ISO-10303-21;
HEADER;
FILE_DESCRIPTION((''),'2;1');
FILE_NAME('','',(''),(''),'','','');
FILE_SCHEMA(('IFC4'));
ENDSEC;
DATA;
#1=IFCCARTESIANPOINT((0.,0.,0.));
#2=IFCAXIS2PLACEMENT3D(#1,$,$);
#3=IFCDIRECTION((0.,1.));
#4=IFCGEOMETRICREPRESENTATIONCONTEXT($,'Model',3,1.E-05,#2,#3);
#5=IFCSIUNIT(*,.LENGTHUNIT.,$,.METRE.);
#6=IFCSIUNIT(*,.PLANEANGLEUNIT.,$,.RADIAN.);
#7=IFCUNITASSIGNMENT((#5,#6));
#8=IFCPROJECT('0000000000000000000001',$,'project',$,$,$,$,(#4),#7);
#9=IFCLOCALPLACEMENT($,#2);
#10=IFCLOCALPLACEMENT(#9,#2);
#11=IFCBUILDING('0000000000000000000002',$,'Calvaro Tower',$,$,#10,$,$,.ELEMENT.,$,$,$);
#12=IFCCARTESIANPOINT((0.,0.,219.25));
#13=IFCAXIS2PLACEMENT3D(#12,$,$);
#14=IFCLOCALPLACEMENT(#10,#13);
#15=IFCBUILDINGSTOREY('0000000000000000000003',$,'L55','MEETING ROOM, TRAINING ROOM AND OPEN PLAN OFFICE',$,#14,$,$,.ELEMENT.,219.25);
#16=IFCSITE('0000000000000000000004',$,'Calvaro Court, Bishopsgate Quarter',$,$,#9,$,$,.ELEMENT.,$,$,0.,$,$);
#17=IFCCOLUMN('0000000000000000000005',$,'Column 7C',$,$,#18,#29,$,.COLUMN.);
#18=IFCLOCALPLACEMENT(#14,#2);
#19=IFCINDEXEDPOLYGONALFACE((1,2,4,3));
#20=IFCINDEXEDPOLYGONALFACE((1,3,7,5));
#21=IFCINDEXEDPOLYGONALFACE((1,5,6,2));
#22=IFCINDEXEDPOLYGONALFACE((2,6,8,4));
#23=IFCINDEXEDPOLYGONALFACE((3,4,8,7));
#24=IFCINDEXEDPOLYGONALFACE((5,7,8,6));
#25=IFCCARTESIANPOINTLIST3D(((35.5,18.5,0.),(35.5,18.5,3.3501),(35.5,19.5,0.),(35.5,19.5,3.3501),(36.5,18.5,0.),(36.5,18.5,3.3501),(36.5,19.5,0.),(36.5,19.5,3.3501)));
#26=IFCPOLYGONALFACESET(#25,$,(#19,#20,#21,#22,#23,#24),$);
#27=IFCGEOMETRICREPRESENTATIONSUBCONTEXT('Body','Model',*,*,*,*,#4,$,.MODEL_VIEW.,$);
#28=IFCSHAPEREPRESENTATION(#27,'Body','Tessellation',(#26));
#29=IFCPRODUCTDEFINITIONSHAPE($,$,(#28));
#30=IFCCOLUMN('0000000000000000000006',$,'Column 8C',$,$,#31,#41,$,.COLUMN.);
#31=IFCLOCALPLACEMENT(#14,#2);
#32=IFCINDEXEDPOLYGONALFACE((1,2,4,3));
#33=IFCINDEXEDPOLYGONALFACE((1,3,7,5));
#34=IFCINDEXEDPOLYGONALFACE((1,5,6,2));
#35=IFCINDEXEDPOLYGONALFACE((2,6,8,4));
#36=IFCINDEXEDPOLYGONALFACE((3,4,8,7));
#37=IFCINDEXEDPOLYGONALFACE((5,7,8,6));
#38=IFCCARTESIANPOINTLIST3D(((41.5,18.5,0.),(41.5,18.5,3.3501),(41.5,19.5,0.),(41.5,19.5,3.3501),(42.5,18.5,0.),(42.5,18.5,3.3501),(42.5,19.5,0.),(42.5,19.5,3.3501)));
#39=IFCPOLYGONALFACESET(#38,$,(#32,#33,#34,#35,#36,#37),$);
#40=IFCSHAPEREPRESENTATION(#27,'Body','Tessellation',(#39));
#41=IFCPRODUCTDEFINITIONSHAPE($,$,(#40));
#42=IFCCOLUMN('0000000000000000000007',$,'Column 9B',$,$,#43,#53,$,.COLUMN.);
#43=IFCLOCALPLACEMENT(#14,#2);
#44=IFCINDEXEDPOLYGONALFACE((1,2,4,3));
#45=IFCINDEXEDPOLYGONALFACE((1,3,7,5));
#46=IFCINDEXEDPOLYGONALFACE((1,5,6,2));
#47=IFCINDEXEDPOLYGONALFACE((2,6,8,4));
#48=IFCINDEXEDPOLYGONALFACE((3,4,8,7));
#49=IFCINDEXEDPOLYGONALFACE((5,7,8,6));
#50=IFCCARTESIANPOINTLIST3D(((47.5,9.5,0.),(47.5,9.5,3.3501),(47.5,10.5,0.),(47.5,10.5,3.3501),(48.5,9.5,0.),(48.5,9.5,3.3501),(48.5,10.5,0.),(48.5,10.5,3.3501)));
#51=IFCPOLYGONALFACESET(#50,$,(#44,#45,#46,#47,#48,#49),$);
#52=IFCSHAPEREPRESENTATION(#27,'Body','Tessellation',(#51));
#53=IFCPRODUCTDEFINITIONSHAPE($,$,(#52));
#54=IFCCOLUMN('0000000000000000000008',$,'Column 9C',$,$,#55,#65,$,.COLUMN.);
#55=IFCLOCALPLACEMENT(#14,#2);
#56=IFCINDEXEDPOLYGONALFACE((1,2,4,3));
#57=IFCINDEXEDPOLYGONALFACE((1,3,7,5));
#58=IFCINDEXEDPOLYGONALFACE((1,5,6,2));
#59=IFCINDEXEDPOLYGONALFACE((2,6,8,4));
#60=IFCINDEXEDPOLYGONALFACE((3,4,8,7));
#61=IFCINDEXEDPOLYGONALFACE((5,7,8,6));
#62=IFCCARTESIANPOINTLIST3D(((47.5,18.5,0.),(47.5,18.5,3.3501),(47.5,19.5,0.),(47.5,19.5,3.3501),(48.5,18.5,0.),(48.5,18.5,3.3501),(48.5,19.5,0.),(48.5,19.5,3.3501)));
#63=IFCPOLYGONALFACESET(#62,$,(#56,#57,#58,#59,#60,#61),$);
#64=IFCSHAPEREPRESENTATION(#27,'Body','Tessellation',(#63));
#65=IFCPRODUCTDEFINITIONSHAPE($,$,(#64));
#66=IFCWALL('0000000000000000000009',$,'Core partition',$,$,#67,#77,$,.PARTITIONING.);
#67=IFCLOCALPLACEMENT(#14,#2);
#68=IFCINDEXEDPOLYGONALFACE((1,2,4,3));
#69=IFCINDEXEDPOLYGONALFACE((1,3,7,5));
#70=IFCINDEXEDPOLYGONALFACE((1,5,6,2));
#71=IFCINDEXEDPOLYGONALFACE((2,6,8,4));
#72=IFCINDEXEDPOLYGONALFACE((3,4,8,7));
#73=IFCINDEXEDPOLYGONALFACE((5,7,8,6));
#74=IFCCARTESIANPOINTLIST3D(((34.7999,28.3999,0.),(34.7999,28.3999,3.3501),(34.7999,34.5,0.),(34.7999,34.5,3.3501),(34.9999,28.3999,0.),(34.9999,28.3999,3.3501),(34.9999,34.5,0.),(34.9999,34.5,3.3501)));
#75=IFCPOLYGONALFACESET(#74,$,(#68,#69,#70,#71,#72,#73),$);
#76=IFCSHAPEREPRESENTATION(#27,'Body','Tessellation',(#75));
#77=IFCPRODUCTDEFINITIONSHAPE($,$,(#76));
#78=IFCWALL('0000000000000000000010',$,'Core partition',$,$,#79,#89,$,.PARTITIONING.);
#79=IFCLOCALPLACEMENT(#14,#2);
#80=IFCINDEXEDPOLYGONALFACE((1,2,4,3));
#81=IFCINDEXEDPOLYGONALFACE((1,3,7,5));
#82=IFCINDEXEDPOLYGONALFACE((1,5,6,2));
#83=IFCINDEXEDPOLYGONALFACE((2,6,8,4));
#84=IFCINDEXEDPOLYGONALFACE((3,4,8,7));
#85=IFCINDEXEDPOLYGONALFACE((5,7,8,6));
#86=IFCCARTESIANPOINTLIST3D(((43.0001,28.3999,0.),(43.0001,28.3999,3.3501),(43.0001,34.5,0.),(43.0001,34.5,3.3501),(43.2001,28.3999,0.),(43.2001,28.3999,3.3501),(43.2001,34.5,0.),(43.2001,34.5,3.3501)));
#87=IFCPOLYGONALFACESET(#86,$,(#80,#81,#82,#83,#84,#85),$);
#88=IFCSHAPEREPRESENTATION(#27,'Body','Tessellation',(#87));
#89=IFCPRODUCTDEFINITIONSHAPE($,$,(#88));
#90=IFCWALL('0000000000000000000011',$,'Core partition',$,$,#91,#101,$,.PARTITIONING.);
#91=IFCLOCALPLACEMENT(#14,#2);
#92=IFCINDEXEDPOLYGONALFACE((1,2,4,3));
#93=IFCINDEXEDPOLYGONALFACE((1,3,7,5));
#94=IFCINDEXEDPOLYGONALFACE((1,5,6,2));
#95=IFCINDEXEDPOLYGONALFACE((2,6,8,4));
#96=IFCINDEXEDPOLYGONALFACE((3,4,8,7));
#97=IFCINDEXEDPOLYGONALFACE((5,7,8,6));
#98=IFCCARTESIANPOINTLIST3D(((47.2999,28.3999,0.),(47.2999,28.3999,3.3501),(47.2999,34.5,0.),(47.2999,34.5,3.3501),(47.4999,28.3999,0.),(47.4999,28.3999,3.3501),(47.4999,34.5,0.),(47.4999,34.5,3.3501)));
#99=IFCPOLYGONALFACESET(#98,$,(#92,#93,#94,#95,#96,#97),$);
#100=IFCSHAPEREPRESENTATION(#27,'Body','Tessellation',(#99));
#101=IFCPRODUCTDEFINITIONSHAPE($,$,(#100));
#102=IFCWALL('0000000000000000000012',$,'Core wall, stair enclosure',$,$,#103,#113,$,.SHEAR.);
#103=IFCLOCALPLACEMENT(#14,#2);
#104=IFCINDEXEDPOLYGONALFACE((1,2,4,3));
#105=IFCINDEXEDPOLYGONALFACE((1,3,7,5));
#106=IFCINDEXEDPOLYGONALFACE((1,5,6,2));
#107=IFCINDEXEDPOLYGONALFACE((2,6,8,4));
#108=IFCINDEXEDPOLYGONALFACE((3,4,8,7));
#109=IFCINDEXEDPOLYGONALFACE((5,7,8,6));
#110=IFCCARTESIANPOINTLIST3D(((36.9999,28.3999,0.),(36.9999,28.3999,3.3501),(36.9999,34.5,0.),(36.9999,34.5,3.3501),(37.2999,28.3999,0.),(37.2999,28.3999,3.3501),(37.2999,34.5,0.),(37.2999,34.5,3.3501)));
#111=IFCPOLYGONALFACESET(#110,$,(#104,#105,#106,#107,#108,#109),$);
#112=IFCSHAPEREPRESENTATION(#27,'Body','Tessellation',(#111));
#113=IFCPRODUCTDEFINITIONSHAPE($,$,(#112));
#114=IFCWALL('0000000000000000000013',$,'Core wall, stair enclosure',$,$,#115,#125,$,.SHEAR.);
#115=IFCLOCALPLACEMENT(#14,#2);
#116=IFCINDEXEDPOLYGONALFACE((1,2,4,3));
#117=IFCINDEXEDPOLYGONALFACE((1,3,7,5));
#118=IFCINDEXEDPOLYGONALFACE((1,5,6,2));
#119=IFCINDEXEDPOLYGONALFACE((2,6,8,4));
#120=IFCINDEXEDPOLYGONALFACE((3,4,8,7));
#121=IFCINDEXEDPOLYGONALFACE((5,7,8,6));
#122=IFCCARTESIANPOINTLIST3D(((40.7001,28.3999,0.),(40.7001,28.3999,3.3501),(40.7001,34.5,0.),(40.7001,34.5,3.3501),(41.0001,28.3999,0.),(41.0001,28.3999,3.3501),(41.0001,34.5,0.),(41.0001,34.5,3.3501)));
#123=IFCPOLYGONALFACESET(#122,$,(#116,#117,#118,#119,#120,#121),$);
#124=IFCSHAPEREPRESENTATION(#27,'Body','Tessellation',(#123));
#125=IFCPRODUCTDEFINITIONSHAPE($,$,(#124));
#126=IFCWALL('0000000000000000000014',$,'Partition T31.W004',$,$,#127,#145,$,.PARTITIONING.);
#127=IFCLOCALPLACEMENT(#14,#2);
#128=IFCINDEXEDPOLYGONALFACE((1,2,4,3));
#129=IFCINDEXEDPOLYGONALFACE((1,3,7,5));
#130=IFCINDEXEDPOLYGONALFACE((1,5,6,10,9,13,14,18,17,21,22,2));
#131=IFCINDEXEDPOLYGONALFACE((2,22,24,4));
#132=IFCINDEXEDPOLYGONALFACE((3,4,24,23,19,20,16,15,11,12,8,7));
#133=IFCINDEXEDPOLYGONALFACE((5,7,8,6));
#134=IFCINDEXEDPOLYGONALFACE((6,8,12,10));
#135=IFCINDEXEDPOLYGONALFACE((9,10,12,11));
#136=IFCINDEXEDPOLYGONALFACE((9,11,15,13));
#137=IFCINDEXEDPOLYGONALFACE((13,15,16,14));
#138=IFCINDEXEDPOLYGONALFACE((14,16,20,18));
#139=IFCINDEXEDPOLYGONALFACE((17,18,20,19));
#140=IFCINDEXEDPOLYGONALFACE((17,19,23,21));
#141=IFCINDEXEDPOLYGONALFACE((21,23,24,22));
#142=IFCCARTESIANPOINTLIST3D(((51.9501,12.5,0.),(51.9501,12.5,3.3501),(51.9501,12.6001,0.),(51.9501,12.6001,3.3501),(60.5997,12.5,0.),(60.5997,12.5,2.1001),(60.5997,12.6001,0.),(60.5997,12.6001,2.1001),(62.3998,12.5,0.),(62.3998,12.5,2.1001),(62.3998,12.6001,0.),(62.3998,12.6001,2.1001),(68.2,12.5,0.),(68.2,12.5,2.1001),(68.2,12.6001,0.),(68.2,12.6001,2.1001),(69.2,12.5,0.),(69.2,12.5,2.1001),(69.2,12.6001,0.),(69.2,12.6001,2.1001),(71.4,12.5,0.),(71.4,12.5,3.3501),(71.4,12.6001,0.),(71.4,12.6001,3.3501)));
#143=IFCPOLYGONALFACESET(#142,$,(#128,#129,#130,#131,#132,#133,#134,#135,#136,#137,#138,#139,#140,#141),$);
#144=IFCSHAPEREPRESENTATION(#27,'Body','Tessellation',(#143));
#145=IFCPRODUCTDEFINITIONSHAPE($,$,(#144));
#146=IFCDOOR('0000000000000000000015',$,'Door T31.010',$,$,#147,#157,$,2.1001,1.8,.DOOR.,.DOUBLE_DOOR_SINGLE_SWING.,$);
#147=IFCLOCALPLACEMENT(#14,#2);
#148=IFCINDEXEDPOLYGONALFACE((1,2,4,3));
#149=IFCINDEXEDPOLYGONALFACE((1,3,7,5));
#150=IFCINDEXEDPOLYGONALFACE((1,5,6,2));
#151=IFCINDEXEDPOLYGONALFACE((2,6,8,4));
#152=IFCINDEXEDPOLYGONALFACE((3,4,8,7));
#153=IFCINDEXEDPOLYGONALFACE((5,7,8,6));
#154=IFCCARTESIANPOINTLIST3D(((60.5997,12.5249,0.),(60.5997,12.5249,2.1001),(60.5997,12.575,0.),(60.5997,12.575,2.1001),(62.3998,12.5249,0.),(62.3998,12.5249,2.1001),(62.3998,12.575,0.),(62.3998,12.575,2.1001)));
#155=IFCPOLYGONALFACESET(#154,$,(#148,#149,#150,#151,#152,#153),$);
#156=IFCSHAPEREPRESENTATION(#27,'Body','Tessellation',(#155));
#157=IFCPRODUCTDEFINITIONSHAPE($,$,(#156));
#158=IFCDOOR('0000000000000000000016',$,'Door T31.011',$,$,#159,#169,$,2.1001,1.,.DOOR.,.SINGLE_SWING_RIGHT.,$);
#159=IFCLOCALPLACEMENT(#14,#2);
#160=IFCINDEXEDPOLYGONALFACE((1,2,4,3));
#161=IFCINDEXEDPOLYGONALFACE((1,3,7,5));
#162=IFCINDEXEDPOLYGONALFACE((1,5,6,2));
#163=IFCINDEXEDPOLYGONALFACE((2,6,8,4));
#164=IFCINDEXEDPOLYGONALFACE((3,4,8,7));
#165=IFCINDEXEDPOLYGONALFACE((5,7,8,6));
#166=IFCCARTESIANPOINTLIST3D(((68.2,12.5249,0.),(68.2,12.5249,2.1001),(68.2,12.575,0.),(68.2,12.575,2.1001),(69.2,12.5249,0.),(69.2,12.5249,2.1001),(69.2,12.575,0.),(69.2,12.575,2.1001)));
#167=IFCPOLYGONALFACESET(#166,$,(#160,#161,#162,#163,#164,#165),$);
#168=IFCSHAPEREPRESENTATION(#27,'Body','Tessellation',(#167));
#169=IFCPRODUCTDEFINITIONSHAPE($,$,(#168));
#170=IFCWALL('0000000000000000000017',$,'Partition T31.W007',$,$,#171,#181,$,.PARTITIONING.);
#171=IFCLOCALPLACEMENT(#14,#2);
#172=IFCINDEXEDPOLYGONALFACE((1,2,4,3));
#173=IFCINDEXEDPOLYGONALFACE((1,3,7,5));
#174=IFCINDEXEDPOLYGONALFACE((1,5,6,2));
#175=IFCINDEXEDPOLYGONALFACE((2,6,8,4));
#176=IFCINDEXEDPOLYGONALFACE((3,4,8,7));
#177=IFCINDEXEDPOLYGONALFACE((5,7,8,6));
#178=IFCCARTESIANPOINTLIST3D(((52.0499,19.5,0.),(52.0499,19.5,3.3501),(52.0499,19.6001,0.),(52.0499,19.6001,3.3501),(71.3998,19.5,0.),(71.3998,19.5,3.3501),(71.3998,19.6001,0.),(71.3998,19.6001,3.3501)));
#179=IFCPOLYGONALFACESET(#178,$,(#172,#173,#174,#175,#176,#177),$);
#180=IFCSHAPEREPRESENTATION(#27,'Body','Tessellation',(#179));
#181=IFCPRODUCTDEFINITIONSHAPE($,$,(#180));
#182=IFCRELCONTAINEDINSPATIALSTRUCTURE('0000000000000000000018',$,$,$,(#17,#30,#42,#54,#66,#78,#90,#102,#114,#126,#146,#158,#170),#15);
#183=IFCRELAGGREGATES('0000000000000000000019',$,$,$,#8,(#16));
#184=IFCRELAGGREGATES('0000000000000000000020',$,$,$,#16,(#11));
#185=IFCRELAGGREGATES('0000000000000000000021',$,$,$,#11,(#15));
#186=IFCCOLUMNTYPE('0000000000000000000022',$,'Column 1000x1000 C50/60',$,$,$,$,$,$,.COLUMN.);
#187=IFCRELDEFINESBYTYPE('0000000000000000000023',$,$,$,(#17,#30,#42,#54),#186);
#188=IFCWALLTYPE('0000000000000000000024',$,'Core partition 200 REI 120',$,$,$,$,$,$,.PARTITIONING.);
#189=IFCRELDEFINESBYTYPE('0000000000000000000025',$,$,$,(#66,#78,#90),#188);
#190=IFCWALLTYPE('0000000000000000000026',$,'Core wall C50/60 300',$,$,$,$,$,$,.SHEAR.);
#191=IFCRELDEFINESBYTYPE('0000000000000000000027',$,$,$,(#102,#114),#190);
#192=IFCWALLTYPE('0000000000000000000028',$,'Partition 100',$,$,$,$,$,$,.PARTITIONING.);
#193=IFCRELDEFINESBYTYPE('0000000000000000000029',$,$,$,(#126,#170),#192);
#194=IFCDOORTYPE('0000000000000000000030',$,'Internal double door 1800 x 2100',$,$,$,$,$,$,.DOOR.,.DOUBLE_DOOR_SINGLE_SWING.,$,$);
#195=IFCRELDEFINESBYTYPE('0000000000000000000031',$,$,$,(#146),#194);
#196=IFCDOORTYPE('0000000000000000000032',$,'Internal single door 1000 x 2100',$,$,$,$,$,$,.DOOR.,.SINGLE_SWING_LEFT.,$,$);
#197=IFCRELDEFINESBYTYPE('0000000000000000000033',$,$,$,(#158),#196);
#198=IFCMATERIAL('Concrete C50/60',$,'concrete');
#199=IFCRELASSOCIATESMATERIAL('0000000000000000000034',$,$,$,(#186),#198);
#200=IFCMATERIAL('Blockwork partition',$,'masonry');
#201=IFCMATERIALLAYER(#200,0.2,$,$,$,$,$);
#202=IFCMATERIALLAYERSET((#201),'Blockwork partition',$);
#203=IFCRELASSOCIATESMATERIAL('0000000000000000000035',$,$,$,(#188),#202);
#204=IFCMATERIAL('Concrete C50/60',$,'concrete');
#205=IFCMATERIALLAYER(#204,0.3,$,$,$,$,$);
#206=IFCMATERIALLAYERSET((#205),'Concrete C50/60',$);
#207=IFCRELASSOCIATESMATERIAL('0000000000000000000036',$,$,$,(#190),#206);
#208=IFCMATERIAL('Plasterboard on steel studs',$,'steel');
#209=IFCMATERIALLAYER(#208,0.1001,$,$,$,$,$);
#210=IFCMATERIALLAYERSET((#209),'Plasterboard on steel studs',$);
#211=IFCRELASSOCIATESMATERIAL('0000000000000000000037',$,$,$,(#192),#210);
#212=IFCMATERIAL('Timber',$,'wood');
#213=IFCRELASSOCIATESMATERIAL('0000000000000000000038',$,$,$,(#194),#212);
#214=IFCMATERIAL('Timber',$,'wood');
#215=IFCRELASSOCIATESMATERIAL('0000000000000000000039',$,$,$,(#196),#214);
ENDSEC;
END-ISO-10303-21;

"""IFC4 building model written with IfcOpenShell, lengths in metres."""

from ifc_helpers import new_model, si_unit, direction, frame, frame_2d, origin, origin_2d, place, context, subcontext, project, spatial, rectangle, extrude, material, layer, layer_set, material_profile, profile_set, type_object, element, fill, save


model = new_model("IFC4")

# Units and contexts
model_context = context("Model", 3, precision=1e-05, world=origin(), true_north=direction((0.0, 1.0)))
body_context = subcontext(model_context, "Body", "Model", "MODEL_VIEW")
ifc_project = project(units=[si_unit("LENGTHUNIT", "METRE"), si_unit("PLANEANGLEUNIT", "RADIAN")], contexts=[model_context])

# Site, building, storey
site_placement = place(None, origin())
site = spatial("IfcSite", under=ifc_project, at=site_placement, Name="Calvaro Court, Bishopsgate Quarter", CompositionType="ELEMENT", RefElevation=0.0)
building_placement = place(site_placement, origin())
building = spatial("IfcBuilding", under=site, at=building_placement, Name="Calvaro Tower", CompositionType="ELEMENT")
storey_placement = place(building_placement, frame((0.0, 0.0, 219.25)))
storey = spatial("IfcBuildingStorey", under=building, at=storey_placement, Name="L55", Description="MEETING ROOM, TRAINING ROOM AND OPEN PLAN OFFICE", CompositionType="ELEMENT", Elevation=219.25)

# Columns
ifc_material_1 = material(Name="Concrete C50/60", Category="concrete")
ifc_material_profile = material_profile(ifc_material_1, rectangle(XDim=1.0, YDim=1.0, at=origin_2d()), Name="RC 1000x1000")
ifc_profile_set = profile_set([ifc_material_profile], Name="Concrete C50/60")
column_type = type_object("IfcColumnType", Name="Column 1000x1000 C50/60", PredefinedType="COLUMN", material=ifc_profile_set)
for number, where, z_axis, x_axis, name in (
    (1, (36.0, 19.0, 0.0), (0.0, 0.0, 1.0), (1.0, 0.0, 0.0), "Column 7C"),
    (2, (42.0, 19.0, 0.0), (0.0, 0.0, 1.0), (1.0, 0.0, 0.0), "Column 8C"),
    (3, (48.0, 10.0, 0.0), (0.0, 0.0, 1.0), (1.0, 0.0, 0.0), "Column 9B"),
    (4, (48.0, 19.0, 0.0), (0.0, 0.0, 1.0), (1.0, 0.0, 0.0), "Column 9C"),
):
    element("IfcColumn", number, at=place(storey_placement, frame(where, z_axis=z_axis, x_axis=x_axis)), inside=storey, type_object=column_type, Name=name, PredefinedType="COLUMN", context=body_context, shape_type="SweptSolid", body=[
        extrude(rectangle(XDim=1.0, YDim=1.0, at=origin_2d()), origin(), (0.0, 0.0, 1.0), 3.3501),
    ])

# Walls
ifc_material_2 = material(Name="Blockwork partition", Category="masonry")
ifc_layer_1 = layer(ifc_material_2, 0.2)
ifc_layer_set_1 = layer_set([ifc_layer_1], Name="Blockwork partition")
wall_type_1 = type_object("IfcWallType", Name="Core partition 200 REI 120", PredefinedType="PARTITIONING", material=ifc_layer_set_1)
for number, where, z_axis, x_axis, name in (
    (5, (34.8999, 28.3999, 0.0), (0.0, 0.0, 1.0), (0.0, 1.0, 0.0), "Core partition"),
    (6, (43.1001, 28.3999, 0.0), (0.0, 0.0, 1.0), (0.0, 1.0, 0.0), "Core partition"),
    (7, (47.3999, 28.3999, 0.0), (0.0, 0.0, 1.0), (0.0, 1.0, 0.0), "Core partition"),
):
    element("IfcWall", number, at=place(storey_placement, frame(where, z_axis=z_axis, x_axis=x_axis)), inside=storey, type_object=wall_type_1, Name=name, PredefinedType="PARTITIONING", context=body_context, shape_type="SweptSolid", body=[
        extrude(rectangle(XDim=6.1001, YDim=0.2, at=frame_2d((3.05, 0.0))), origin(), (0.0, 0.0, 1.0), 3.3501),
    ])
ifc_material_3 = material(Name="Concrete C50/60", Category="concrete")
ifc_layer_2 = layer(ifc_material_3, 0.3)
ifc_layer_set_2 = layer_set([ifc_layer_2], Name="Concrete C50/60")
wall_type_2 = type_object("IfcWallType", Name="Core wall C50/60 300", PredefinedType="SHEAR", material=ifc_layer_set_2)
for number, where, z_axis, x_axis, name in (
    (8, (37.1499, 28.3999, 0.0), (0.0, 0.0, 1.0), (0.0, 1.0, 0.0), "Core wall, stair enclosure"),
    (9, (40.8501, 28.3999, 0.0), (0.0, 0.0, 1.0), (0.0, 1.0, 0.0), "Core wall, stair enclosure"),
):
    element("IfcWall", number, at=place(storey_placement, frame(where, z_axis=z_axis, x_axis=x_axis)), inside=storey, type_object=wall_type_2, Name=name, PredefinedType="SHEAR", context=body_context, shape_type="SweptSolid", body=[
        extrude(rectangle(XDim=6.1001, YDim=0.3, at=frame_2d((3.05, 0.0))), origin(), (0.0, 0.0, 1.0), 3.3501),
    ])

# Wall, openings, doors
ifc_material_4 = material(Name="Plasterboard on steel studs", Category="steel")
ifc_layer_3 = layer(ifc_material_4, 0.1001)
ifc_layer_set_3 = layer_set([ifc_layer_3], Name="Plasterboard on steel studs")
wall_type_3 = type_object("IfcWallType", Name="Partition 100", PredefinedType="PARTITIONING", material=ifc_layer_set_3)
wall_1_placement = place(storey_placement, frame((51.95, 12.55, 0.0), z_axis=(0.0, 0.0, 1.0), x_axis=(1.0, 0.0, 0.0)))
wall_1 = element("IfcWall", 10, at=wall_1_placement, inside=storey, type_object=wall_type_3, Name="Partition T31.W004", PredefinedType="PARTITIONING", context=body_context, shape_type="SweptSolid", body=[
    extrude(rectangle(XDim=19.45, YDim=0.1001, at=frame_2d((9.7251, 0.0))), origin(), (0.0, 0.0, 1.0), 3.3501),
])
opening_1_placement = place(wall_1_placement, frame((8.6499, 0.0, 0.0)))
opening_1 = element("IfcOpeningElement", 11, at=opening_1_placement, cuts=wall_1, PredefinedType="OPENING", context=body_context, shape_type="SweptSolid", body=[
    extrude(rectangle(XDim=1.8, YDim=2.1001, at=frame_2d((0.8999, 1.05))), frame((0.0, 0.0601, 0.0), z_axis=(0.0, -1.0, 0.0), x_axis=(1.0, 0.0, 0.0)), (0.0, 0.0, 1.0), 0.1201),
])
opening_2_placement = place(wall_1_placement, frame((16.25, 0.0, 0.0)))
opening_2 = element("IfcOpeningElement", 12, at=opening_2_placement, cuts=wall_1, PredefinedType="OPENING", context=body_context, shape_type="SweptSolid", body=[
    extrude(rectangle(XDim=1.0, YDim=2.1001, at=frame_2d((0.5, 1.05))), frame((0.0, 0.0601, 0.0), z_axis=(0.0, -1.0, 0.0), x_axis=(1.0, 0.0, 0.0)), (0.0, 0.0, 1.0), 0.1201),
])
ifc_material_5 = material(Name="Timber", Category="wood")
door_type_1 = type_object("IfcDoorType", Name="Internal double door 1800 x 2100", OperationType="DOUBLE_DOOR_SINGLE_SWING", PredefinedType="DOOR", material=ifc_material_5)
door_1_placement = place(opening_1_placement, origin())
door_1 = element("IfcDoor", 13, at=door_1_placement, inside=storey, type_object=door_type_1, Name="Door T31.010", OperationType="DOUBLE_DOOR_SINGLE_SWING", OverallHeight=2.1001, OverallWidth=1.8, PredefinedType="DOOR", context=body_context, shape_type="SweptSolid", body=[
    extrude(rectangle(XDim=1.8, YDim=2.1001, at=frame_2d((0.8999, 1.05))), frame((0.0, 0.0249, 0.0), z_axis=(0.0, -1.0, 0.0), x_axis=(1.0, 0.0, 0.0)), (0.0, 0.0, 1.0), 0.05),
])
fill(opening_1, door_1)
ifc_material_6 = material(Name="Timber", Category="wood")
door_type_2 = type_object("IfcDoorType", Name="Internal single door 1000 x 2100", OperationType="SINGLE_SWING_LEFT", PredefinedType="DOOR", material=ifc_material_6)
door_2_placement = place(opening_2_placement, origin())
door_2 = element("IfcDoor", 14, at=door_2_placement, inside=storey, type_object=door_type_2, Name="Door T31.011", OperationType="SINGLE_SWING_RIGHT", OverallHeight=2.1001, OverallWidth=1.0, PredefinedType="DOOR", context=body_context, shape_type="SweptSolid", body=[
    extrude(rectangle(XDim=1.0, YDim=2.1001, at=frame_2d((0.5, 1.05))), frame((0.0, 0.0249, 0.0), z_axis=(0.0, -1.0, 0.0), x_axis=(1.0, 0.0, 0.0)), (0.0, 0.0, 1.0), 0.05),
])
fill(opening_2, door_2)

# Wall
wall_2_placement = place(storey_placement, frame((52.05, 19.55, 0.0), z_axis=(0.0, 0.0, 1.0), x_axis=(1.0, 0.0, 0.0)))
element("IfcWall", 15, at=wall_2_placement, inside=storey, type_object=wall_type_3, Name="Partition T31.W007", PredefinedType="PARTITIONING", context=body_context, shape_type="SweptSolid", body=[
    extrude(rectangle(XDim=19.3499, YDim=0.1001, at=frame_2d((9.6748, 0.0))), origin(), (0.0, 0.0, 1.0), 3.3501),
])

save(model, "model.ifc")
